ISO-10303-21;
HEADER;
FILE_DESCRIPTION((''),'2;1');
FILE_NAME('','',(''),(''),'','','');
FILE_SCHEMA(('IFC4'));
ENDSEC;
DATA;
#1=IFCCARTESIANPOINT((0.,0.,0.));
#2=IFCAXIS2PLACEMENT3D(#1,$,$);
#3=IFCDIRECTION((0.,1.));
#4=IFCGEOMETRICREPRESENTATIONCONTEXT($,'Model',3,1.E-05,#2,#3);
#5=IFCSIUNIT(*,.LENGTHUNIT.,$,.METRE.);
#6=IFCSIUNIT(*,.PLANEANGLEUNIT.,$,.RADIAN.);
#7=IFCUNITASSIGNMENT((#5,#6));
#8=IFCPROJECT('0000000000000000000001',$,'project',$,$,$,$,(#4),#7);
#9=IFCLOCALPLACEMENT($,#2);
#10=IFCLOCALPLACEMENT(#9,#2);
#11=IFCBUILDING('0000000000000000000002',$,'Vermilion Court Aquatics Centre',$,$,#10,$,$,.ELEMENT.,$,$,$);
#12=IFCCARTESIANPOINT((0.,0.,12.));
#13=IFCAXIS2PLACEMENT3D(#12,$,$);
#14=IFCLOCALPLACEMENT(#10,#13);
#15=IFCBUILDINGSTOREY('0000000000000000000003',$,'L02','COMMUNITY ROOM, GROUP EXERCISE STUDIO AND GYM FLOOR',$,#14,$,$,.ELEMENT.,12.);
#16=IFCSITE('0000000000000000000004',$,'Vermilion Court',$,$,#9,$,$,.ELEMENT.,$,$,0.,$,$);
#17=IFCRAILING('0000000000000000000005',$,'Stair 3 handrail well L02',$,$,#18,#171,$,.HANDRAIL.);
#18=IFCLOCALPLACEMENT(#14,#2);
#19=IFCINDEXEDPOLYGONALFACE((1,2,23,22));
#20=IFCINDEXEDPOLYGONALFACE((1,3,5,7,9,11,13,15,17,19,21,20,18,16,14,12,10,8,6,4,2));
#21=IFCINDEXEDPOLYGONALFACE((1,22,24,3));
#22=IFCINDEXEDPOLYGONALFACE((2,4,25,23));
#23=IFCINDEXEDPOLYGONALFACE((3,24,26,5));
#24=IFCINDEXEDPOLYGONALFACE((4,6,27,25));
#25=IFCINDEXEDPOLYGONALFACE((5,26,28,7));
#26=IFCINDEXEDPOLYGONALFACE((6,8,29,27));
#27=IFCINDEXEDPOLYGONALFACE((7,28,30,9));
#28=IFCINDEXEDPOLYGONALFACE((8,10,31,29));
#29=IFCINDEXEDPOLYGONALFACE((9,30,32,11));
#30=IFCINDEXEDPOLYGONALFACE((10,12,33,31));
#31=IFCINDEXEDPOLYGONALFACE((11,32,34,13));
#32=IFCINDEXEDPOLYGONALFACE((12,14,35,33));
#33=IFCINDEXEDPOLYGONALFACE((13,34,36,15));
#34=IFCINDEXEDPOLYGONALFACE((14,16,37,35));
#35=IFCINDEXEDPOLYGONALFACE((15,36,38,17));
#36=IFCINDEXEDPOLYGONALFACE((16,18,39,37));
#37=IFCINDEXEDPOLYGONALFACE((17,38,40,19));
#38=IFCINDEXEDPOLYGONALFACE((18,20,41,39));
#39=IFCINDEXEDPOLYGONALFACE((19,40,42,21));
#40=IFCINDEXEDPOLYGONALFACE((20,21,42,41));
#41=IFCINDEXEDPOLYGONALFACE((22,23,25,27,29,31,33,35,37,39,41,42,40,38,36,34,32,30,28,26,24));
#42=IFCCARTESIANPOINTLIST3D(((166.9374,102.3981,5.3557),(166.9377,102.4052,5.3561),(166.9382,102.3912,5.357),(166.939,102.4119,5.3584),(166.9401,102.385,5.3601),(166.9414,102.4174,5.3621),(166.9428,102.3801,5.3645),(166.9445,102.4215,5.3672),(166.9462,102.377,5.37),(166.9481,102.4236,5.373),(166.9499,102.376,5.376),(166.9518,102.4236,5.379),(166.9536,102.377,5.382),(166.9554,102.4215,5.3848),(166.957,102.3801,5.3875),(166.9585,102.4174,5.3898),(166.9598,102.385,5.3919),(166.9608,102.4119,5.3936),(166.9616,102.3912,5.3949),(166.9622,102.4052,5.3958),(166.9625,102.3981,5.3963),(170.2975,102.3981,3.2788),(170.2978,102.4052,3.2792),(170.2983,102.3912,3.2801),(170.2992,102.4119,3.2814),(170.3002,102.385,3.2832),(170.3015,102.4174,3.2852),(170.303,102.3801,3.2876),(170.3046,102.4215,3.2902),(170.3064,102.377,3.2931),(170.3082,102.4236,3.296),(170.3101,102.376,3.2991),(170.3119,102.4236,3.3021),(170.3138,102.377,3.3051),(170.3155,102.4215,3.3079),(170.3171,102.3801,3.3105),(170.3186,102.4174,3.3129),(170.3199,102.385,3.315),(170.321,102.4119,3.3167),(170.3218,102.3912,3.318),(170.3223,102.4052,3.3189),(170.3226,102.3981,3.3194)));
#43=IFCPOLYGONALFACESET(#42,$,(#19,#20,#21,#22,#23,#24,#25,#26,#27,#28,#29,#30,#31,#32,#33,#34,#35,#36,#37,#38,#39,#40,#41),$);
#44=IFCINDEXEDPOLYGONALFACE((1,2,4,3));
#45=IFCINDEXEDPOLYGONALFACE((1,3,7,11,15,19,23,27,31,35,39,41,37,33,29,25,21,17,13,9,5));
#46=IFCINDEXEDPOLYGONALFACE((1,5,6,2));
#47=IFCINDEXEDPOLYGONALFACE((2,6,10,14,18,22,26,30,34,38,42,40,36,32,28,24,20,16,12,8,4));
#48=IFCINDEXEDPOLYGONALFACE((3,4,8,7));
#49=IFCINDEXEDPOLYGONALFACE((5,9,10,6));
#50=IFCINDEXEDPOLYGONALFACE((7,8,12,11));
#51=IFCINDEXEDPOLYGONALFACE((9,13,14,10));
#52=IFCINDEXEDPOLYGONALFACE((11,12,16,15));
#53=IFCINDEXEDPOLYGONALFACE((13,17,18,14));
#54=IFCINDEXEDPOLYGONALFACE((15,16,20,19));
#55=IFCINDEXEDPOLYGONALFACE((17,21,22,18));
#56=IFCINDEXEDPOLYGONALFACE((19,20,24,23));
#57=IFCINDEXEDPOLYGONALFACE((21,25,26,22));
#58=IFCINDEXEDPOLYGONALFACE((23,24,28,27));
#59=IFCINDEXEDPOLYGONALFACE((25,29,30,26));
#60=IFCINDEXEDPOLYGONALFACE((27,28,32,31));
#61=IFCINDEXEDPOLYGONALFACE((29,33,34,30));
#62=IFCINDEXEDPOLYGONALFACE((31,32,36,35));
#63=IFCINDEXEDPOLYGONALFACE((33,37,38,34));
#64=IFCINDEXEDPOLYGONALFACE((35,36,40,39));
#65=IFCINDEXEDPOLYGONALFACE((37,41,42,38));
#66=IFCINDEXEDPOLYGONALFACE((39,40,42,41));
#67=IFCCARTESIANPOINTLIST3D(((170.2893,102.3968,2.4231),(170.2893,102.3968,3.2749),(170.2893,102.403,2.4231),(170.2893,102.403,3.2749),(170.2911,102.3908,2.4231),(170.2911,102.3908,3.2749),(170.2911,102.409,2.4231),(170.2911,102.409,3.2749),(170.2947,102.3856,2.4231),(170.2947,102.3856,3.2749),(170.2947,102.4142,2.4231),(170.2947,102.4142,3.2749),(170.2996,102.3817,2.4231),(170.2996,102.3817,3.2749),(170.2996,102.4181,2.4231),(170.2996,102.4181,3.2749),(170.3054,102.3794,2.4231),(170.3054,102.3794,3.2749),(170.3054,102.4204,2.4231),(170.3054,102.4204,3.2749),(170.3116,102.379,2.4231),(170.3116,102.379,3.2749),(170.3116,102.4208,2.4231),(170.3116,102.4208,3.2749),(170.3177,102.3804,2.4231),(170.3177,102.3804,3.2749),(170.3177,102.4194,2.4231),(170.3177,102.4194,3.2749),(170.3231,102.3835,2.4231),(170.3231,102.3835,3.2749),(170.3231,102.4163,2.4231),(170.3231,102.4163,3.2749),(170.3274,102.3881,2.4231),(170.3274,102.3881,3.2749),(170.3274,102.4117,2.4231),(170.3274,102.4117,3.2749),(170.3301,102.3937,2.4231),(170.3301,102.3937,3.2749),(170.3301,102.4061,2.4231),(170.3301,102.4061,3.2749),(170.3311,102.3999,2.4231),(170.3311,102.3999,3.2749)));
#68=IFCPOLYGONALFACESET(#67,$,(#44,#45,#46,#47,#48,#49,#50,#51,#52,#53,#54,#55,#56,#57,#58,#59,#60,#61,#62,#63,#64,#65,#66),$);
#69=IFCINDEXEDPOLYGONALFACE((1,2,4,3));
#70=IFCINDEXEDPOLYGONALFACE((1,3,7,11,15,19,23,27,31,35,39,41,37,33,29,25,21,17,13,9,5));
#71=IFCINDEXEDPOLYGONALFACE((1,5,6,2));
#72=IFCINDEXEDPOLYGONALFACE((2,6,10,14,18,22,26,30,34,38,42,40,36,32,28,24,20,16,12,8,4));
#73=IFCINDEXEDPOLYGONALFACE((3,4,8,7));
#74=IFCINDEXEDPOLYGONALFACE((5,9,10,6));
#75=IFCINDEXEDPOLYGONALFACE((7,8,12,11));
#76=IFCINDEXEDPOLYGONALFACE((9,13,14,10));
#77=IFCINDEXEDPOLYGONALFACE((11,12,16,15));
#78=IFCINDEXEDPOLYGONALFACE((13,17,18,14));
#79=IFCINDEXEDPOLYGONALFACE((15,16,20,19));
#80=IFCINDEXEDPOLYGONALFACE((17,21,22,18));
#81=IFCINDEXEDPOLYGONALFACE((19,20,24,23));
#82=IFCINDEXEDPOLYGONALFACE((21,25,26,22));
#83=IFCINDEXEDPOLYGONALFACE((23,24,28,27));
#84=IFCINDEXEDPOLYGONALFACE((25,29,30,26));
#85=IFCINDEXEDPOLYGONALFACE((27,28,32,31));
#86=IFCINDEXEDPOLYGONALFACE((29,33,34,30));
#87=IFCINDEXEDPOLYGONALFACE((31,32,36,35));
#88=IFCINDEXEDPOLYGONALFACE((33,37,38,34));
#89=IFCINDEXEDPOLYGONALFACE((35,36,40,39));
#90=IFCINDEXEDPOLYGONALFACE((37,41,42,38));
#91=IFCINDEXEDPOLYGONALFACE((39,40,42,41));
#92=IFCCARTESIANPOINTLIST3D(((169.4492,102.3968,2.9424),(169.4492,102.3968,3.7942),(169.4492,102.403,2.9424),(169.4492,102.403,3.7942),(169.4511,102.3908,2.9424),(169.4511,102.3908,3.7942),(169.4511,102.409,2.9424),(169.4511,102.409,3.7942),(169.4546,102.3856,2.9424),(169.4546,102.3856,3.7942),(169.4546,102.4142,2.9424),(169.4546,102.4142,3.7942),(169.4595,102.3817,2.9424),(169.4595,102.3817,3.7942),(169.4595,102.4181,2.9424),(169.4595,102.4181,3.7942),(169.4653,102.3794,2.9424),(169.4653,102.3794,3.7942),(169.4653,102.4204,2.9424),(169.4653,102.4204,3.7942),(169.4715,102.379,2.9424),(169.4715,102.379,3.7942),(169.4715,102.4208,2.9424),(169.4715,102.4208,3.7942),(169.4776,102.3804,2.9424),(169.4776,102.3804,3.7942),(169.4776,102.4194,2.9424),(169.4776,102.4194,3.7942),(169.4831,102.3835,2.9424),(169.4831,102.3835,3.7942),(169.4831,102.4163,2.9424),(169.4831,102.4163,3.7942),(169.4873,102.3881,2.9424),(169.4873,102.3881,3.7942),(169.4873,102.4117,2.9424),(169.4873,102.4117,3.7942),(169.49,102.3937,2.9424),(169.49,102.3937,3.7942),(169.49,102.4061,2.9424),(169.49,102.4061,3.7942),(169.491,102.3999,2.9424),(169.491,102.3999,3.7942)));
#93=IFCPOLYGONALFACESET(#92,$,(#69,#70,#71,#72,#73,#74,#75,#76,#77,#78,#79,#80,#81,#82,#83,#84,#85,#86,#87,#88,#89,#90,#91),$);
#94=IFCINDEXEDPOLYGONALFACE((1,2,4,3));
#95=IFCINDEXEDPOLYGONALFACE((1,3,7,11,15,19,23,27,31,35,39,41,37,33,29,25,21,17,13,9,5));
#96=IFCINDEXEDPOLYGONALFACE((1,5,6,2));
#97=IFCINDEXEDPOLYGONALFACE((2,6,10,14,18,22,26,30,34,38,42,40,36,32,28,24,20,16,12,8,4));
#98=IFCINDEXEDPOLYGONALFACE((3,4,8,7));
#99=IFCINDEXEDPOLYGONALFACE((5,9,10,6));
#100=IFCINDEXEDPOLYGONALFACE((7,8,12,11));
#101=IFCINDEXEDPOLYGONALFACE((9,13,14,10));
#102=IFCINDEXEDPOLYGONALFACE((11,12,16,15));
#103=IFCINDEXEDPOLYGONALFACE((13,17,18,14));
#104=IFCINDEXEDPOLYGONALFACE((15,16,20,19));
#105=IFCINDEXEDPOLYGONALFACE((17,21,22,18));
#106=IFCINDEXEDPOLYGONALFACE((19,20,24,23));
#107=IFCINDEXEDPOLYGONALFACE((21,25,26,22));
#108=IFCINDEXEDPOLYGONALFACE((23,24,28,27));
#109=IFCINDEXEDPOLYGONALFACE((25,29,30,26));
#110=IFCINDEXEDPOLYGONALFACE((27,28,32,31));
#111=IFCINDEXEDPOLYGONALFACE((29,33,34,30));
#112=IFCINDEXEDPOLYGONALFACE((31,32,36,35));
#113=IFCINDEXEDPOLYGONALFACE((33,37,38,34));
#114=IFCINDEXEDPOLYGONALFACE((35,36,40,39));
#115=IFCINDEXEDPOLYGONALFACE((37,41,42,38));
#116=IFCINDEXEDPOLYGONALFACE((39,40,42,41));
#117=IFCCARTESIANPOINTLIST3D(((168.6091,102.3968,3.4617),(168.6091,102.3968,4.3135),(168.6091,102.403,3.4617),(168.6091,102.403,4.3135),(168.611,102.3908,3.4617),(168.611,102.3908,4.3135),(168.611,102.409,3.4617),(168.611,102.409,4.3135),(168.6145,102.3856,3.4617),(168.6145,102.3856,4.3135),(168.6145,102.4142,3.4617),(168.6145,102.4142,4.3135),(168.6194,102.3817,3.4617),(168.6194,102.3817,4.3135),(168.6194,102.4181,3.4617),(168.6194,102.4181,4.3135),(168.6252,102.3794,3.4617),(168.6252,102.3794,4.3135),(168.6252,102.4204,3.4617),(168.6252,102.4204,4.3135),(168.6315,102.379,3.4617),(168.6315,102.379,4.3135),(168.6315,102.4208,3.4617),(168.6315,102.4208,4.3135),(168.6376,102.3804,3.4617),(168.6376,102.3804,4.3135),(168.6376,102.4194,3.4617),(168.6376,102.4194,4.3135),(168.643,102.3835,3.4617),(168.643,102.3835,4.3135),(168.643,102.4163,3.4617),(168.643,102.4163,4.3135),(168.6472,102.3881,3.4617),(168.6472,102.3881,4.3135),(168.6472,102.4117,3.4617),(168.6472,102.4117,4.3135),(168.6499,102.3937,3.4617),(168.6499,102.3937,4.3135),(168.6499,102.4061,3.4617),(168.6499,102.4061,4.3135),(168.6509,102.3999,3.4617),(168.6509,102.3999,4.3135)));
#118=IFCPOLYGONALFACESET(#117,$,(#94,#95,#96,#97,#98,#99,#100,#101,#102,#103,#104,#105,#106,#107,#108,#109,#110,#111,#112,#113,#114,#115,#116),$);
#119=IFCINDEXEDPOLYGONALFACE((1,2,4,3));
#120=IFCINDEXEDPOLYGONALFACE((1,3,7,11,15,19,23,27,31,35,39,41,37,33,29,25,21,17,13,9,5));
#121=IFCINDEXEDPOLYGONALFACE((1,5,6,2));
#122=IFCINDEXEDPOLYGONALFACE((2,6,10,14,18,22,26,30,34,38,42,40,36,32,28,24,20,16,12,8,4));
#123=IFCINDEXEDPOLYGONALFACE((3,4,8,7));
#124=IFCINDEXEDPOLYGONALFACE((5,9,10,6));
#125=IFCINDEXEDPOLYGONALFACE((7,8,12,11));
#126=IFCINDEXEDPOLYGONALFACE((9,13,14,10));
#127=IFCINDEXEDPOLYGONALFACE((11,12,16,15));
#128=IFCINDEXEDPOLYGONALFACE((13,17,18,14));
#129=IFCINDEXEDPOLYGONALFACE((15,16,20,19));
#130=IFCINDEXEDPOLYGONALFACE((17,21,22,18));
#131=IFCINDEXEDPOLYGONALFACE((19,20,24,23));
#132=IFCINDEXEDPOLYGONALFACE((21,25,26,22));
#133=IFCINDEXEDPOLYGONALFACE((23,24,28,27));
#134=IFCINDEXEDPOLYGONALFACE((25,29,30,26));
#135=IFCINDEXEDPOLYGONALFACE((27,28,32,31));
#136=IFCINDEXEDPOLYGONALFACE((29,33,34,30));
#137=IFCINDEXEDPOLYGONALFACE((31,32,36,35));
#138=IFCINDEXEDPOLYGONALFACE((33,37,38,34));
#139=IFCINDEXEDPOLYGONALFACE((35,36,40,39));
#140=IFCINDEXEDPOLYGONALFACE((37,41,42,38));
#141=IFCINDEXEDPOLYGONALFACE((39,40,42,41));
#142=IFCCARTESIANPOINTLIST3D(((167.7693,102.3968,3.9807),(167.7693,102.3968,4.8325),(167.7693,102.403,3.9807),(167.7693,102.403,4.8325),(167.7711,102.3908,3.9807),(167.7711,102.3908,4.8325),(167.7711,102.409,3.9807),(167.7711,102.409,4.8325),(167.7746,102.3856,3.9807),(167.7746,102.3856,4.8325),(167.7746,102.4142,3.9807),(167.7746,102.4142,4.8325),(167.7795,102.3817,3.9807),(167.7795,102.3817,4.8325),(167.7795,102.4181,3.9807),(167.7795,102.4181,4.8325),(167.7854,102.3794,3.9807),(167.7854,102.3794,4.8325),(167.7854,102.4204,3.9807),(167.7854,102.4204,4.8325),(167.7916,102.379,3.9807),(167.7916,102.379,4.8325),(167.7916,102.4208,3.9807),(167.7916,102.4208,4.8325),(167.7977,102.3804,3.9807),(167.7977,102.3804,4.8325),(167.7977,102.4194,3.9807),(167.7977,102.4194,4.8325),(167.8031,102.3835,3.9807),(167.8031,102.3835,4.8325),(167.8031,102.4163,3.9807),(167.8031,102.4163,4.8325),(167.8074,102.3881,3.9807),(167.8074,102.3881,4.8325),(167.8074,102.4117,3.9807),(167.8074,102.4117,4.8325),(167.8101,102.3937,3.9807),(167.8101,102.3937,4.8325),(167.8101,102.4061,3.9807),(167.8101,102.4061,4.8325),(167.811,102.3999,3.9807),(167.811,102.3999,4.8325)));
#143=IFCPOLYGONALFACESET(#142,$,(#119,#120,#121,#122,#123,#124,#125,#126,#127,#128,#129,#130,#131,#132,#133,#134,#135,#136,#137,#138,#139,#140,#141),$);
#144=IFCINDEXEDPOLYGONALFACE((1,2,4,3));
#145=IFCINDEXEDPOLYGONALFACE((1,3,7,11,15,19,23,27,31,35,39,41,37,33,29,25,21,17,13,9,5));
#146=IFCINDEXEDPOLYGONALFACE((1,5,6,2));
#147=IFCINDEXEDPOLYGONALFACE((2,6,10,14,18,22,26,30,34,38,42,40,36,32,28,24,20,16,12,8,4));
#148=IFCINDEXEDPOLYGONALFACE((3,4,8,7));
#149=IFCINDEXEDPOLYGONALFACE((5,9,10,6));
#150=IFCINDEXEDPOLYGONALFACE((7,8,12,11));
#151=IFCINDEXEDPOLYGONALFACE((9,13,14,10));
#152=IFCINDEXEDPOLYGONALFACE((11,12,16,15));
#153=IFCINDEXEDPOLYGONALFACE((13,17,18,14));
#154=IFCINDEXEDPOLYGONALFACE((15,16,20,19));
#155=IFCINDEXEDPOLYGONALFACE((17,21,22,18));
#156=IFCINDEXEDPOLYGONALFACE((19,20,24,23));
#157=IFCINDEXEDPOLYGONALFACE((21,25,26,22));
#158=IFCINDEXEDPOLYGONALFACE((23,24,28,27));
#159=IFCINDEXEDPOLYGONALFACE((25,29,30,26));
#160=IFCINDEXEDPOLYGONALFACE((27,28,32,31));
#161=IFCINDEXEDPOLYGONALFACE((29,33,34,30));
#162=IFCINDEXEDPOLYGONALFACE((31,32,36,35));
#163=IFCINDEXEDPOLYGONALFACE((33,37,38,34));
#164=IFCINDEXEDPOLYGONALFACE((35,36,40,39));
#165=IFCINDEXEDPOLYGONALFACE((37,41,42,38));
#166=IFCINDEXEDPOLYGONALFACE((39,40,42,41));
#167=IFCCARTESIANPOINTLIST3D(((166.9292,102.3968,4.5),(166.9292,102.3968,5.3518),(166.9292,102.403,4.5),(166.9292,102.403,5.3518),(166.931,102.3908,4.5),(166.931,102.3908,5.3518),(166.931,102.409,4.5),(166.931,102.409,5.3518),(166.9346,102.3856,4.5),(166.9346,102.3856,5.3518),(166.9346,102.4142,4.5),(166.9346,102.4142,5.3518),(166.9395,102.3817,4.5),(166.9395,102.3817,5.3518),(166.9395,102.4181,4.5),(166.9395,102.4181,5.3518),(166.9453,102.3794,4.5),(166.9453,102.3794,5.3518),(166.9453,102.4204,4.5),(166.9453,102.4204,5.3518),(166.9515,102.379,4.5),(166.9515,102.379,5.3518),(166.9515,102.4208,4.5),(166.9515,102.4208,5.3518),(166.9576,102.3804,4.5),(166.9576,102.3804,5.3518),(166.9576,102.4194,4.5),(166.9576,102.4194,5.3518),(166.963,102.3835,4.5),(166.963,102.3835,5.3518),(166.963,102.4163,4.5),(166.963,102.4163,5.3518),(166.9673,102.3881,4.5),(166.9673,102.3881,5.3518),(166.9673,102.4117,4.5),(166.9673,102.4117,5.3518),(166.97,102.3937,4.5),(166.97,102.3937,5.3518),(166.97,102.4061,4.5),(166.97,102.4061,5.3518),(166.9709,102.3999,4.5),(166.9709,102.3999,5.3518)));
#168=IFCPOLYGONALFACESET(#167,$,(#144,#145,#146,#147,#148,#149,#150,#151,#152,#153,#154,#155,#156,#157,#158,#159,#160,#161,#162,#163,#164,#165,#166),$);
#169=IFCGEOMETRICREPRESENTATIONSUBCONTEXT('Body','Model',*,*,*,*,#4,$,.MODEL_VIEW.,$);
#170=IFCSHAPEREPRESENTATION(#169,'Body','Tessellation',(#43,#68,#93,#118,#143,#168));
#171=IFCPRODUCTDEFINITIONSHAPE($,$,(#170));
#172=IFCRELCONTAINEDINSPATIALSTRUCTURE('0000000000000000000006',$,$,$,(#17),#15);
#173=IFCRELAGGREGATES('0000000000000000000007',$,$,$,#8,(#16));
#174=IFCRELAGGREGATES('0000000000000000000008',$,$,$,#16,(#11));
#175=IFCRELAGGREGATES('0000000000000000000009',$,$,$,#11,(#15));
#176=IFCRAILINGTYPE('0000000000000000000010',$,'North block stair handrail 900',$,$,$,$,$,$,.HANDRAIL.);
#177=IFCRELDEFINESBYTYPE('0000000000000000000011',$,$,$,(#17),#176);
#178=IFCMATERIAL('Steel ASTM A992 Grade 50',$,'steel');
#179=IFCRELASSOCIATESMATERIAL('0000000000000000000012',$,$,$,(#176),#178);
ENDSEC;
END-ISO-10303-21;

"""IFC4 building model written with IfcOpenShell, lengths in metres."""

from ifc_helpers import new_model, si_unit, direction, frame, origin, origin_2d, place, context, subcontext, project, spatial, circle, extrude, material, type_object, element, save


model = new_model("IFC4")

# Units and contexts
model_context = context("Model", 3, precision=1e-05, world=origin(), true_north=direction((0.0, 1.0)))
body_context = subcontext(model_context, "Body", "Model", "MODEL_VIEW")
ifc_project = project(units=[si_unit("LENGTHUNIT", "METRE"), si_unit("PLANEANGLEUNIT", "RADIAN")], contexts=[model_context])

# Site, building, storey
site_placement = place(None, origin())
site = spatial("IfcSite", under=ifc_project, at=site_placement, Name="Vermilion Court", CompositionType="ELEMENT", RefElevation=0.0)
building_placement = place(site_placement, origin())
building = spatial("IfcBuilding", under=site, at=building_placement, Name="Vermilion Court Aquatics Centre", CompositionType="ELEMENT")
storey_placement = place(building_placement, frame((0.0, 0.0, 12.0)))
storey = spatial("IfcBuildingStorey", under=building, at=storey_placement, Name="L02", Description="COMMUNITY ROOM, GROUP EXERCISE STUDIO AND GYM FLOOR", CompositionType="ELEMENT", Elevation=12.0)

# Railing
ifc_material_1 = material(Name="Steel ASTM A992 Grade 50", Category="steel")
railing_type_1 = type_object("IfcRailingType", Name="North block stair handrail 900", PredefinedType="HANDRAIL", material=ifc_material_1)
railing_1_placement = place(storey_placement, frame((170.3101, 102.3999, 2.4231)))
element("IfcRailing", 1, at=railing_1_placement, inside=storey, type_object=railing_type_1, Name="Stair 3 handrail well L02", PredefinedType="HANDRAIL", context=body_context, shape_type="SweptSolid", body=[
    extrude(circle(Radius=0.0239, at=origin_2d()), frame((0.0, 0.0, 0.876), z_axis=(-0.850623, 0.0, 0.525776), x_axis=(0.0, -1.0, 0.0)), (0.0, 0.0, 1.0), 3.9502),
    extrude(circle(Radius=0.021, at=origin_2d()), origin(), (0.0, 0.0, 1.0), 0.8518),
    extrude(circle(Radius=0.021, at=origin_2d()), frame((-0.8401, 0.0, 0.5193)), (0.0, 0.0, 1.0), 0.8518),
    extrude(circle(Radius=0.021, at=origin_2d()), frame((-1.6802, 0.0, 1.0386)), (0.0, 0.0, 1.0), 0.8518),
    extrude(circle(Radius=0.021, at=origin_2d()), frame((-2.52, 0.0, 1.5576)), (0.0, 0.0, 1.0), 0.8518),
    extrude(circle(Radius=0.021, at=origin_2d()), frame((-3.3601, 0.0, 2.0769)), (0.0, 0.0, 1.0), 0.8518),
])

save(model, "model.ifc")
